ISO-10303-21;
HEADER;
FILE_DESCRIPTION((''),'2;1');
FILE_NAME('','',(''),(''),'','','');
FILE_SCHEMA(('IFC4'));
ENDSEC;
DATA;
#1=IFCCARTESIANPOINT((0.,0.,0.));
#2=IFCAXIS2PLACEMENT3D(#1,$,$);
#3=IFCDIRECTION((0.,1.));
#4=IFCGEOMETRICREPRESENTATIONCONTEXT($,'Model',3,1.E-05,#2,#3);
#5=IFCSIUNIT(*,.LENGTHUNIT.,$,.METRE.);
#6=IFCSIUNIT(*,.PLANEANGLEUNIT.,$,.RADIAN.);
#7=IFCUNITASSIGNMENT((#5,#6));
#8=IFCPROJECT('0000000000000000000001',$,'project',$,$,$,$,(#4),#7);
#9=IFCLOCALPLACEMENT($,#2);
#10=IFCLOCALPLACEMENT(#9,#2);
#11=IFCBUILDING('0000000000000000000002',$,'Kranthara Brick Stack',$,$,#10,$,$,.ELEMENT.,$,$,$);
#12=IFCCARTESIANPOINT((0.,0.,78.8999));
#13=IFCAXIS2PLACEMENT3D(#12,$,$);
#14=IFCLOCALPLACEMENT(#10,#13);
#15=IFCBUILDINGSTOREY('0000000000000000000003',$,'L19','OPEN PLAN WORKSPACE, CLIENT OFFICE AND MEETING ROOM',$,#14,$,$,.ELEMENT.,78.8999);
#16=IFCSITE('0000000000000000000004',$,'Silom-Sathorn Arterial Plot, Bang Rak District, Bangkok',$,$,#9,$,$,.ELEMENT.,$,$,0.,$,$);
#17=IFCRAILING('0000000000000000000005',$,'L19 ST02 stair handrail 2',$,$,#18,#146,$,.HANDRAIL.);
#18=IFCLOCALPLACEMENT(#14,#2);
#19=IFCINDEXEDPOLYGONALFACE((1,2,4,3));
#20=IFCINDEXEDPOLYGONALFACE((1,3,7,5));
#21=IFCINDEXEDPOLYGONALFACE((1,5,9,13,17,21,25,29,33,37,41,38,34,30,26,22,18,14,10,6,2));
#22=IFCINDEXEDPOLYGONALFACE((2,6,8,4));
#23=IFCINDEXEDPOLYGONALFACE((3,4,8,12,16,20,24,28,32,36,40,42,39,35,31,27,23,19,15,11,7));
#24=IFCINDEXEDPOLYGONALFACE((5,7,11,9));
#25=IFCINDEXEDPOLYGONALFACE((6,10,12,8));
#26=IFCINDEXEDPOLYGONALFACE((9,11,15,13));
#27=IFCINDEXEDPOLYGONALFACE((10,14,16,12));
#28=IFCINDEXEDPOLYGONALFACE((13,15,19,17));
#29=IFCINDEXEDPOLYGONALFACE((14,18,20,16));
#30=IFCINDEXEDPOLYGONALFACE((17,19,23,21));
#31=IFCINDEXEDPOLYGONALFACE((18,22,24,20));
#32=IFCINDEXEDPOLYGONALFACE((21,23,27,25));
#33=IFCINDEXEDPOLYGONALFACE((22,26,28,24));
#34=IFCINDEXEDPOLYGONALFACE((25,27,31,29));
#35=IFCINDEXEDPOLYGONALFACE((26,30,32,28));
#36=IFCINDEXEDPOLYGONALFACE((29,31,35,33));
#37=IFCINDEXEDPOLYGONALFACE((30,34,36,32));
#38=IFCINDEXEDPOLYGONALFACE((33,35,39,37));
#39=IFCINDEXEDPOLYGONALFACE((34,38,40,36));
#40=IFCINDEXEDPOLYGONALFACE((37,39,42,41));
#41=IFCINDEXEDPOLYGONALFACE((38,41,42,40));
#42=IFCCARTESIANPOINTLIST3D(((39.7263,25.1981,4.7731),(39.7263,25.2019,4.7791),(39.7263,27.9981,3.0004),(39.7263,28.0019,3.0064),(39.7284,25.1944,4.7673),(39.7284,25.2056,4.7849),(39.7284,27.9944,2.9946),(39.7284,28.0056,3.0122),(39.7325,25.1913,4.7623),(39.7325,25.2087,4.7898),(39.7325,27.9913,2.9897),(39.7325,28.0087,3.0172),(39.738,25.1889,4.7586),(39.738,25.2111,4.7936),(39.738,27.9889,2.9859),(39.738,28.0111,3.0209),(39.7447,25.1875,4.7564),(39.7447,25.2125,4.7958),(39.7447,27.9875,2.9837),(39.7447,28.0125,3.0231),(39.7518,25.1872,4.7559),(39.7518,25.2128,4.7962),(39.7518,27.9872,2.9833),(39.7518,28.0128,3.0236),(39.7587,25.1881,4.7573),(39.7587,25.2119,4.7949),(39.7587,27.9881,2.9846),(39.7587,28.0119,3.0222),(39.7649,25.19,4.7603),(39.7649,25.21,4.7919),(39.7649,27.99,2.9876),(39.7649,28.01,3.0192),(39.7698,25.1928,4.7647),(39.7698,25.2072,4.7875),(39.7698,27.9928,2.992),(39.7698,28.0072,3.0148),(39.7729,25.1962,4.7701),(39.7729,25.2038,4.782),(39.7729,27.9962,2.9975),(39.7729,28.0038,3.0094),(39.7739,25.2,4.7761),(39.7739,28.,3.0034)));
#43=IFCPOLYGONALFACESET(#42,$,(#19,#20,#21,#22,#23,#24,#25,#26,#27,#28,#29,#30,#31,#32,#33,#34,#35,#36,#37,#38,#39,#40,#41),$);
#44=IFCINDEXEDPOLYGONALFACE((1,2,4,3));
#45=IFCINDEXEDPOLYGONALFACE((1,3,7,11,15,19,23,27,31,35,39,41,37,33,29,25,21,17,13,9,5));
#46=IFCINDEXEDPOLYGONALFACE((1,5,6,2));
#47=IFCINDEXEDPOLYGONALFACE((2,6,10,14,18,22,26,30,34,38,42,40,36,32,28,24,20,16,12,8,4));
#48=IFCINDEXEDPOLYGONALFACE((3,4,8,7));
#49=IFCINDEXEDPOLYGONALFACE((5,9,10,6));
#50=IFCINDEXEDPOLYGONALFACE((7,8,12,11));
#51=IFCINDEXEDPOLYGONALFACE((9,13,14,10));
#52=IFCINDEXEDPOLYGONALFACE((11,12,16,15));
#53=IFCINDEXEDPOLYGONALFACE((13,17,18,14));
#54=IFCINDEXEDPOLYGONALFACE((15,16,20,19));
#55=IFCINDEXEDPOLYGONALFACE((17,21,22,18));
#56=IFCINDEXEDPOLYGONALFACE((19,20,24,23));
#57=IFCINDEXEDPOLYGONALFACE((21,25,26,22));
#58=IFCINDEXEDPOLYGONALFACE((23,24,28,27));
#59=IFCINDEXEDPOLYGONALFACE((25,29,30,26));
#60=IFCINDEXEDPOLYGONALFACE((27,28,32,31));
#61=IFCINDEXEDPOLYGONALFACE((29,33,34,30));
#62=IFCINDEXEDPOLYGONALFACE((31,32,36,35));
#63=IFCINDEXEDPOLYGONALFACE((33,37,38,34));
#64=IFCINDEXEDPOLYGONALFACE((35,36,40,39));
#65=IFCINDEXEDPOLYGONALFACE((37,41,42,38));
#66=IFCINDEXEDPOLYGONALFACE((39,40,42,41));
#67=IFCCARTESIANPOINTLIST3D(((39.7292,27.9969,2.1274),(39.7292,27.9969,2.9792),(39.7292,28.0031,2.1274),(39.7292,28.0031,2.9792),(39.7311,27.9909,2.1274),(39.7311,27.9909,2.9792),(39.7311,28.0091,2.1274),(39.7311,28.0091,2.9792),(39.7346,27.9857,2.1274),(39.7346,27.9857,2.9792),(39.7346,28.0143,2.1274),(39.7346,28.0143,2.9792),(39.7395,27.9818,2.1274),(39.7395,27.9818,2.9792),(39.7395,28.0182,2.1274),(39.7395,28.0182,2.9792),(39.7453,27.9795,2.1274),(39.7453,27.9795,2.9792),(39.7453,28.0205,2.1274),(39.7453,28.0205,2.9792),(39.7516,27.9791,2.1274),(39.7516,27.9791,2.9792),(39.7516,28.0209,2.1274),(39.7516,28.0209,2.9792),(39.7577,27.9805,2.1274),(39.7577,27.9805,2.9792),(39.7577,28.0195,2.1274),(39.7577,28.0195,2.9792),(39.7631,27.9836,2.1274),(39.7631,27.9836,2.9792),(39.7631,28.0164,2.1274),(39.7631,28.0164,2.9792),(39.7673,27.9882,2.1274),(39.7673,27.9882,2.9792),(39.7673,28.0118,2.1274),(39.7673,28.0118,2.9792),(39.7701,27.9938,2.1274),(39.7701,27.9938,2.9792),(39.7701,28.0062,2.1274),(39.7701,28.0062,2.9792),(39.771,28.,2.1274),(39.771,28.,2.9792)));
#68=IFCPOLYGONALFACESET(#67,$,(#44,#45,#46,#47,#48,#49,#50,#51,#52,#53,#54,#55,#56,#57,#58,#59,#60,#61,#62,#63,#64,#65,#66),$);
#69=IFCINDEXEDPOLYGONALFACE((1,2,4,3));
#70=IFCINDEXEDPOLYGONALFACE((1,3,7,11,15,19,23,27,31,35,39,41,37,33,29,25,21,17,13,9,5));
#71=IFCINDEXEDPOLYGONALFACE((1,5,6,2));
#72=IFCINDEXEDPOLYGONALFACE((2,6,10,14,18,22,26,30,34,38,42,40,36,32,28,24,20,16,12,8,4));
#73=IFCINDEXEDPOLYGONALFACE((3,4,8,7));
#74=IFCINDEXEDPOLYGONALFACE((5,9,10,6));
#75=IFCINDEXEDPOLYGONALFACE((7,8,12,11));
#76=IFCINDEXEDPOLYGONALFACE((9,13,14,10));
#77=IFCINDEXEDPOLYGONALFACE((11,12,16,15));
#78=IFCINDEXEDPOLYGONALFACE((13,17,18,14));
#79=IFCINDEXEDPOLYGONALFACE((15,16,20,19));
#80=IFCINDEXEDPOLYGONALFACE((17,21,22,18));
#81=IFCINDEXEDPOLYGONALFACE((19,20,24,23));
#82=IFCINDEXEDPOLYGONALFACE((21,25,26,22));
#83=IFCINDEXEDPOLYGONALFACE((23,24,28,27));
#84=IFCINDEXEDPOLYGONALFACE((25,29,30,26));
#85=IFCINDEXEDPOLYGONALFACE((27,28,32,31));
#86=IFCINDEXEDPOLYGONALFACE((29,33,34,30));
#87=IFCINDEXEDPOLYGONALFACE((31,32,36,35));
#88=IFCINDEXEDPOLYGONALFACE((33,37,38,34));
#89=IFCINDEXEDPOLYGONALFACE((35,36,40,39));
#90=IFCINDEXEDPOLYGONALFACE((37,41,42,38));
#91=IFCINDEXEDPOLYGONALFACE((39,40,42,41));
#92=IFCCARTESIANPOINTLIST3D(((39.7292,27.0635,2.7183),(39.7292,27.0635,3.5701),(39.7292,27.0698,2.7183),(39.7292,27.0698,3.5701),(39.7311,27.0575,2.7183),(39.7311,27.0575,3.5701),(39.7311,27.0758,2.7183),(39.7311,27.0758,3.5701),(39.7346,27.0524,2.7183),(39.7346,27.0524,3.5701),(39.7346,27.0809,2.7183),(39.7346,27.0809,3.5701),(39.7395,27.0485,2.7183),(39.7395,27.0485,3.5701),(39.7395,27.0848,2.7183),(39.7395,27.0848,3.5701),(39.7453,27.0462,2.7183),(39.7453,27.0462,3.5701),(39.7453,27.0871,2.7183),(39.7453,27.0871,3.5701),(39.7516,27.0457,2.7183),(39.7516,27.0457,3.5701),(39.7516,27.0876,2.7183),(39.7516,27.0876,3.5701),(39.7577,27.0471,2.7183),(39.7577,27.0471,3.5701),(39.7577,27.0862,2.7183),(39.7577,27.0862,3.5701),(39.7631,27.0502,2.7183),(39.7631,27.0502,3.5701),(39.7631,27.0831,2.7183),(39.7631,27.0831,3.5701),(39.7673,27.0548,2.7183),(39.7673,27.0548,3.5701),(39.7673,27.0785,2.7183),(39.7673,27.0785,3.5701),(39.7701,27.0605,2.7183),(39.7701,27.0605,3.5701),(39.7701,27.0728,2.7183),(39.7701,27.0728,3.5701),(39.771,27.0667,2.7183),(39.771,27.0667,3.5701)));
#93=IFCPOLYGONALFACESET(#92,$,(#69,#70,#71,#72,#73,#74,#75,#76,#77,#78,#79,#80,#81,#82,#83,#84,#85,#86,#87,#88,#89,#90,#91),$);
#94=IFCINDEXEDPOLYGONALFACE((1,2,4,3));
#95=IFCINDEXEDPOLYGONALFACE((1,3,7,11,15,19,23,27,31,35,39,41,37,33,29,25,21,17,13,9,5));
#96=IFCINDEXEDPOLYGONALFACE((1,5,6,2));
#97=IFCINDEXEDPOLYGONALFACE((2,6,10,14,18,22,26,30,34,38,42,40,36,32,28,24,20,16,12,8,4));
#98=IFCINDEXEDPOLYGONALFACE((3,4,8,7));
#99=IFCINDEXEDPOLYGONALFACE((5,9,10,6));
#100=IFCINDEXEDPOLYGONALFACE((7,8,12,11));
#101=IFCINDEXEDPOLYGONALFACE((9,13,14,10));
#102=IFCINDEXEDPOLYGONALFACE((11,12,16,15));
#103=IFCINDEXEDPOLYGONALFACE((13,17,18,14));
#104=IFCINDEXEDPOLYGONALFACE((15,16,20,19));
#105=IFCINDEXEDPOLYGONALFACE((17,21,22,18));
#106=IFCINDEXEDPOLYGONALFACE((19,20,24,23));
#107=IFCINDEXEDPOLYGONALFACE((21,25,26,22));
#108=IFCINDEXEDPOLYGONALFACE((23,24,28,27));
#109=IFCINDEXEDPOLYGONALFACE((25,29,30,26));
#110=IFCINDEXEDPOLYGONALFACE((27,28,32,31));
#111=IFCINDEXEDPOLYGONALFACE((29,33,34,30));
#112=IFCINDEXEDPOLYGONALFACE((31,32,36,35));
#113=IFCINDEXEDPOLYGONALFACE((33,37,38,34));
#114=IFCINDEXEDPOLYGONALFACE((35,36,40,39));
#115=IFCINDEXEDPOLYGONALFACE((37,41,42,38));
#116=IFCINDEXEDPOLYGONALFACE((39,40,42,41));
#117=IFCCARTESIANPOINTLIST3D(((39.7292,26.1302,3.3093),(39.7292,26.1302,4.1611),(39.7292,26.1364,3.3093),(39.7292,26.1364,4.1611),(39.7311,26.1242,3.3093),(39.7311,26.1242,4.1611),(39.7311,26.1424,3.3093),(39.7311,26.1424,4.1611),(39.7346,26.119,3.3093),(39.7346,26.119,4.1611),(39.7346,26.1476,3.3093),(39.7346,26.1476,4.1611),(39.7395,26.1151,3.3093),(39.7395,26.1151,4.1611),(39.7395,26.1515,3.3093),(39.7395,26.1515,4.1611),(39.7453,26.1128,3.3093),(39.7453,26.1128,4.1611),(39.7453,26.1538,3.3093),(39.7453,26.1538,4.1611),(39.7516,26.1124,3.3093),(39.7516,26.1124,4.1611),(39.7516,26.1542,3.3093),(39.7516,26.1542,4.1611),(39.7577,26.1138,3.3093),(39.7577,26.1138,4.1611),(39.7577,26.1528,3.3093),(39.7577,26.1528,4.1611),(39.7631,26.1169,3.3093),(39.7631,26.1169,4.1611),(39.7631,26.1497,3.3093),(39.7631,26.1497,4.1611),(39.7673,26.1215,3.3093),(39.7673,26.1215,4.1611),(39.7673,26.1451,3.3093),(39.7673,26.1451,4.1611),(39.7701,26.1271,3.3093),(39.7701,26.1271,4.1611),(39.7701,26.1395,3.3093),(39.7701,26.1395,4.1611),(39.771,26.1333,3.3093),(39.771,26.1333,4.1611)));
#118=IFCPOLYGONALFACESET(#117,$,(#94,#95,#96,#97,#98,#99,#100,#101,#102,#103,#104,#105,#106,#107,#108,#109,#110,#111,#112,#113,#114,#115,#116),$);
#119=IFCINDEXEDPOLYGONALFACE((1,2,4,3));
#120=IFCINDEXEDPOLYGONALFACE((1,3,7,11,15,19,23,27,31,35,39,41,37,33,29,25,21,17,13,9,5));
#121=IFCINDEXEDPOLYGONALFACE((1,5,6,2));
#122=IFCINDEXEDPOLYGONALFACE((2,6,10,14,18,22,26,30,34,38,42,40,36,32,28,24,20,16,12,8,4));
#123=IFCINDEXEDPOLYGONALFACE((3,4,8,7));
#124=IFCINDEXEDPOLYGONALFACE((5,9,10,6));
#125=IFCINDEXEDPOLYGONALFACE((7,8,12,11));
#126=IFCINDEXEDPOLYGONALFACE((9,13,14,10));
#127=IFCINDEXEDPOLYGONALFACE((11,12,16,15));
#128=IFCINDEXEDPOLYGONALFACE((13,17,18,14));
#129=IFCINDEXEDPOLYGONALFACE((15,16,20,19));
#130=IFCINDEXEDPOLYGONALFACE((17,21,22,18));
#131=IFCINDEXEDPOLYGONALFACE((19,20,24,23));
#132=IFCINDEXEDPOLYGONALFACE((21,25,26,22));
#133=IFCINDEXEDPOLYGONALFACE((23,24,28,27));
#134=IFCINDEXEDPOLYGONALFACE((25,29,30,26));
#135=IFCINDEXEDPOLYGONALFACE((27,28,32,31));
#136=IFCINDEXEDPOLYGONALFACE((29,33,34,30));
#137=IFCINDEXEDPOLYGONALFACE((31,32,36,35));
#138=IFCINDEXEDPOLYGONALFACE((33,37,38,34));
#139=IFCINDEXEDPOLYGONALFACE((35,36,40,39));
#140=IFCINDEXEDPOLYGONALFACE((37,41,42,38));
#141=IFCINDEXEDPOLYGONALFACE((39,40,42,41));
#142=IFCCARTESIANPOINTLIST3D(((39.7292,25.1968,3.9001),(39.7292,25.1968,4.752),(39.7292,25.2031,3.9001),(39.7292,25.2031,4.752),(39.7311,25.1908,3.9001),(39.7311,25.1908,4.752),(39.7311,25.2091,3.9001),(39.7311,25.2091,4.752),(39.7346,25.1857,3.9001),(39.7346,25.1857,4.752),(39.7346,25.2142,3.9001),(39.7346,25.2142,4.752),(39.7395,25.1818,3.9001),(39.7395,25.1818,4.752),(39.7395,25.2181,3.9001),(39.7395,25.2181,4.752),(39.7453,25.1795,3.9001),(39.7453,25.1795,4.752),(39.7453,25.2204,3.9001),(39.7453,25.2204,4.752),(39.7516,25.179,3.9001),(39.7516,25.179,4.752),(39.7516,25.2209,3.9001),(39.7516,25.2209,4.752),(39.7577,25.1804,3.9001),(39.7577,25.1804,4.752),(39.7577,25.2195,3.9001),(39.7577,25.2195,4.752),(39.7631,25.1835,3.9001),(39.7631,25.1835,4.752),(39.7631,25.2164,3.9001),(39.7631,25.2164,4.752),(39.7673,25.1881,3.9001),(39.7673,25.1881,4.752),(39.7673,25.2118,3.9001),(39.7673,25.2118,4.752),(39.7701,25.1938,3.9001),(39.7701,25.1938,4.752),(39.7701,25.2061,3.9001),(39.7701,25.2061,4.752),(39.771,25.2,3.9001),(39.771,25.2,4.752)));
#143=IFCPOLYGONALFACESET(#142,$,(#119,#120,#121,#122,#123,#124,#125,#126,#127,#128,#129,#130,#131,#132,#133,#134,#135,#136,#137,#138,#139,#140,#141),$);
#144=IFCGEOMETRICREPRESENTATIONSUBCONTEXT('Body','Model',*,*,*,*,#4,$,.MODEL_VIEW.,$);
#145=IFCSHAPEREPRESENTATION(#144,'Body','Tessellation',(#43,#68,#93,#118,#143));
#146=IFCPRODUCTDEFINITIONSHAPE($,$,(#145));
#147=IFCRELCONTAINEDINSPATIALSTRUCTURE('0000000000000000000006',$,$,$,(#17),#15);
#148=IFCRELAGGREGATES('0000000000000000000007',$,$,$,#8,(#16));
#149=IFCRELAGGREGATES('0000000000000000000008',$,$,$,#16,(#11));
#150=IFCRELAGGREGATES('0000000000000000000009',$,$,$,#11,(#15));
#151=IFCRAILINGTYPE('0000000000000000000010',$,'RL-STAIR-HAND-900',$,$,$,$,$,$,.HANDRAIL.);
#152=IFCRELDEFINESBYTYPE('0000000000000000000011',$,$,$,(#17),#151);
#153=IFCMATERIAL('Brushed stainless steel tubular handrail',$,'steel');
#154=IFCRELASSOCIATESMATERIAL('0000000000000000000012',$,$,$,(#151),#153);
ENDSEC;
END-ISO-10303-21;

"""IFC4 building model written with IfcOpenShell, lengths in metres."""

from ifc_helpers import new_model, si_unit, direction, frame, origin, origin_2d, place, context, subcontext, project, spatial, circle, extrude, material, type_object, element, save


model = new_model("IFC4")

# Units and contexts
model_context = context("Model", 3, precision=1e-05, world=origin(), true_north=direction((0.0, 1.0)))
body_context = subcontext(model_context, "Body", "Model", "MODEL_VIEW")
ifc_project = project(units=[si_unit("LENGTHUNIT", "METRE"), si_unit("PLANEANGLEUNIT", "RADIAN")], contexts=[model_context])

# Site, building, storey
site_placement = place(None, origin())
site = spatial("IfcSite", under=ifc_project, at=site_placement, Name="Silom-Sathorn Arterial Plot, Bang Rak District, Bangkok", CompositionType="ELEMENT", RefElevation=0.0)
building_placement = place(site_placement, origin())
building = spatial("IfcBuilding", under=site, at=building_placement, Name="Kranthara Brick Stack", CompositionType="ELEMENT")
storey_placement = place(building_placement, frame((0.0, 0.0, 78.8999)))
storey = spatial("IfcBuildingStorey", under=building, at=storey_placement, Name="L19", Description="OPEN PLAN WORKSPACE, CLIENT OFFICE AND MEETING ROOM", CompositionType="ELEMENT", Elevation=78.8999)

# Railing
ifc_material_1 = material(Name="Brushed stainless steel tubular handrail", Category="steel")
railing_type_1 = type_object("IfcRailingType", Name="RL-STAIR-HAND-900", PredefinedType="HANDRAIL", material=ifc_material_1)
railing_1_placement = place(storey_placement, frame((39.75, 28.0, 2.1274)))
element("IfcRailing", 1, at=railing_1_placement, inside=storey, type_object=railing_type_1, Name="L19 ST02 stair handrail 2", PredefinedType="HANDRAIL", context=body_context, shape_type="SweptSolid", body=[
    extrude(circle(Radius=0.0239, at=origin_2d()), frame((0.0, 0.0, 0.876), z_axis=(0.0, -0.844909, 0.53491), x_axis=(1.0, 0.0, 0.0)), (0.0, 0.0, 1.0), 3.314),
    extrude(circle(Radius=0.021, at=origin_2d()), origin(), (0.0, 0.0, 1.0), 0.8518),
    extrude(circle(Radius=0.021, at=origin_2d()), frame((0.0, -0.9333, 0.5908)), (0.0, 0.0, 1.0), 0.8518),
    extrude(circle(Radius=0.021, at=origin_2d()), frame((0.0, -1.8667, 1.1819)), (0.0, 0.0, 1.0), 0.8518),
    extrude(circle(Radius=0.021, at=origin_2d()), frame((0.0, -2.8, 1.7727)), (0.0, 0.0, 1.0), 0.8518),
])

save(model, "model.ifc")
